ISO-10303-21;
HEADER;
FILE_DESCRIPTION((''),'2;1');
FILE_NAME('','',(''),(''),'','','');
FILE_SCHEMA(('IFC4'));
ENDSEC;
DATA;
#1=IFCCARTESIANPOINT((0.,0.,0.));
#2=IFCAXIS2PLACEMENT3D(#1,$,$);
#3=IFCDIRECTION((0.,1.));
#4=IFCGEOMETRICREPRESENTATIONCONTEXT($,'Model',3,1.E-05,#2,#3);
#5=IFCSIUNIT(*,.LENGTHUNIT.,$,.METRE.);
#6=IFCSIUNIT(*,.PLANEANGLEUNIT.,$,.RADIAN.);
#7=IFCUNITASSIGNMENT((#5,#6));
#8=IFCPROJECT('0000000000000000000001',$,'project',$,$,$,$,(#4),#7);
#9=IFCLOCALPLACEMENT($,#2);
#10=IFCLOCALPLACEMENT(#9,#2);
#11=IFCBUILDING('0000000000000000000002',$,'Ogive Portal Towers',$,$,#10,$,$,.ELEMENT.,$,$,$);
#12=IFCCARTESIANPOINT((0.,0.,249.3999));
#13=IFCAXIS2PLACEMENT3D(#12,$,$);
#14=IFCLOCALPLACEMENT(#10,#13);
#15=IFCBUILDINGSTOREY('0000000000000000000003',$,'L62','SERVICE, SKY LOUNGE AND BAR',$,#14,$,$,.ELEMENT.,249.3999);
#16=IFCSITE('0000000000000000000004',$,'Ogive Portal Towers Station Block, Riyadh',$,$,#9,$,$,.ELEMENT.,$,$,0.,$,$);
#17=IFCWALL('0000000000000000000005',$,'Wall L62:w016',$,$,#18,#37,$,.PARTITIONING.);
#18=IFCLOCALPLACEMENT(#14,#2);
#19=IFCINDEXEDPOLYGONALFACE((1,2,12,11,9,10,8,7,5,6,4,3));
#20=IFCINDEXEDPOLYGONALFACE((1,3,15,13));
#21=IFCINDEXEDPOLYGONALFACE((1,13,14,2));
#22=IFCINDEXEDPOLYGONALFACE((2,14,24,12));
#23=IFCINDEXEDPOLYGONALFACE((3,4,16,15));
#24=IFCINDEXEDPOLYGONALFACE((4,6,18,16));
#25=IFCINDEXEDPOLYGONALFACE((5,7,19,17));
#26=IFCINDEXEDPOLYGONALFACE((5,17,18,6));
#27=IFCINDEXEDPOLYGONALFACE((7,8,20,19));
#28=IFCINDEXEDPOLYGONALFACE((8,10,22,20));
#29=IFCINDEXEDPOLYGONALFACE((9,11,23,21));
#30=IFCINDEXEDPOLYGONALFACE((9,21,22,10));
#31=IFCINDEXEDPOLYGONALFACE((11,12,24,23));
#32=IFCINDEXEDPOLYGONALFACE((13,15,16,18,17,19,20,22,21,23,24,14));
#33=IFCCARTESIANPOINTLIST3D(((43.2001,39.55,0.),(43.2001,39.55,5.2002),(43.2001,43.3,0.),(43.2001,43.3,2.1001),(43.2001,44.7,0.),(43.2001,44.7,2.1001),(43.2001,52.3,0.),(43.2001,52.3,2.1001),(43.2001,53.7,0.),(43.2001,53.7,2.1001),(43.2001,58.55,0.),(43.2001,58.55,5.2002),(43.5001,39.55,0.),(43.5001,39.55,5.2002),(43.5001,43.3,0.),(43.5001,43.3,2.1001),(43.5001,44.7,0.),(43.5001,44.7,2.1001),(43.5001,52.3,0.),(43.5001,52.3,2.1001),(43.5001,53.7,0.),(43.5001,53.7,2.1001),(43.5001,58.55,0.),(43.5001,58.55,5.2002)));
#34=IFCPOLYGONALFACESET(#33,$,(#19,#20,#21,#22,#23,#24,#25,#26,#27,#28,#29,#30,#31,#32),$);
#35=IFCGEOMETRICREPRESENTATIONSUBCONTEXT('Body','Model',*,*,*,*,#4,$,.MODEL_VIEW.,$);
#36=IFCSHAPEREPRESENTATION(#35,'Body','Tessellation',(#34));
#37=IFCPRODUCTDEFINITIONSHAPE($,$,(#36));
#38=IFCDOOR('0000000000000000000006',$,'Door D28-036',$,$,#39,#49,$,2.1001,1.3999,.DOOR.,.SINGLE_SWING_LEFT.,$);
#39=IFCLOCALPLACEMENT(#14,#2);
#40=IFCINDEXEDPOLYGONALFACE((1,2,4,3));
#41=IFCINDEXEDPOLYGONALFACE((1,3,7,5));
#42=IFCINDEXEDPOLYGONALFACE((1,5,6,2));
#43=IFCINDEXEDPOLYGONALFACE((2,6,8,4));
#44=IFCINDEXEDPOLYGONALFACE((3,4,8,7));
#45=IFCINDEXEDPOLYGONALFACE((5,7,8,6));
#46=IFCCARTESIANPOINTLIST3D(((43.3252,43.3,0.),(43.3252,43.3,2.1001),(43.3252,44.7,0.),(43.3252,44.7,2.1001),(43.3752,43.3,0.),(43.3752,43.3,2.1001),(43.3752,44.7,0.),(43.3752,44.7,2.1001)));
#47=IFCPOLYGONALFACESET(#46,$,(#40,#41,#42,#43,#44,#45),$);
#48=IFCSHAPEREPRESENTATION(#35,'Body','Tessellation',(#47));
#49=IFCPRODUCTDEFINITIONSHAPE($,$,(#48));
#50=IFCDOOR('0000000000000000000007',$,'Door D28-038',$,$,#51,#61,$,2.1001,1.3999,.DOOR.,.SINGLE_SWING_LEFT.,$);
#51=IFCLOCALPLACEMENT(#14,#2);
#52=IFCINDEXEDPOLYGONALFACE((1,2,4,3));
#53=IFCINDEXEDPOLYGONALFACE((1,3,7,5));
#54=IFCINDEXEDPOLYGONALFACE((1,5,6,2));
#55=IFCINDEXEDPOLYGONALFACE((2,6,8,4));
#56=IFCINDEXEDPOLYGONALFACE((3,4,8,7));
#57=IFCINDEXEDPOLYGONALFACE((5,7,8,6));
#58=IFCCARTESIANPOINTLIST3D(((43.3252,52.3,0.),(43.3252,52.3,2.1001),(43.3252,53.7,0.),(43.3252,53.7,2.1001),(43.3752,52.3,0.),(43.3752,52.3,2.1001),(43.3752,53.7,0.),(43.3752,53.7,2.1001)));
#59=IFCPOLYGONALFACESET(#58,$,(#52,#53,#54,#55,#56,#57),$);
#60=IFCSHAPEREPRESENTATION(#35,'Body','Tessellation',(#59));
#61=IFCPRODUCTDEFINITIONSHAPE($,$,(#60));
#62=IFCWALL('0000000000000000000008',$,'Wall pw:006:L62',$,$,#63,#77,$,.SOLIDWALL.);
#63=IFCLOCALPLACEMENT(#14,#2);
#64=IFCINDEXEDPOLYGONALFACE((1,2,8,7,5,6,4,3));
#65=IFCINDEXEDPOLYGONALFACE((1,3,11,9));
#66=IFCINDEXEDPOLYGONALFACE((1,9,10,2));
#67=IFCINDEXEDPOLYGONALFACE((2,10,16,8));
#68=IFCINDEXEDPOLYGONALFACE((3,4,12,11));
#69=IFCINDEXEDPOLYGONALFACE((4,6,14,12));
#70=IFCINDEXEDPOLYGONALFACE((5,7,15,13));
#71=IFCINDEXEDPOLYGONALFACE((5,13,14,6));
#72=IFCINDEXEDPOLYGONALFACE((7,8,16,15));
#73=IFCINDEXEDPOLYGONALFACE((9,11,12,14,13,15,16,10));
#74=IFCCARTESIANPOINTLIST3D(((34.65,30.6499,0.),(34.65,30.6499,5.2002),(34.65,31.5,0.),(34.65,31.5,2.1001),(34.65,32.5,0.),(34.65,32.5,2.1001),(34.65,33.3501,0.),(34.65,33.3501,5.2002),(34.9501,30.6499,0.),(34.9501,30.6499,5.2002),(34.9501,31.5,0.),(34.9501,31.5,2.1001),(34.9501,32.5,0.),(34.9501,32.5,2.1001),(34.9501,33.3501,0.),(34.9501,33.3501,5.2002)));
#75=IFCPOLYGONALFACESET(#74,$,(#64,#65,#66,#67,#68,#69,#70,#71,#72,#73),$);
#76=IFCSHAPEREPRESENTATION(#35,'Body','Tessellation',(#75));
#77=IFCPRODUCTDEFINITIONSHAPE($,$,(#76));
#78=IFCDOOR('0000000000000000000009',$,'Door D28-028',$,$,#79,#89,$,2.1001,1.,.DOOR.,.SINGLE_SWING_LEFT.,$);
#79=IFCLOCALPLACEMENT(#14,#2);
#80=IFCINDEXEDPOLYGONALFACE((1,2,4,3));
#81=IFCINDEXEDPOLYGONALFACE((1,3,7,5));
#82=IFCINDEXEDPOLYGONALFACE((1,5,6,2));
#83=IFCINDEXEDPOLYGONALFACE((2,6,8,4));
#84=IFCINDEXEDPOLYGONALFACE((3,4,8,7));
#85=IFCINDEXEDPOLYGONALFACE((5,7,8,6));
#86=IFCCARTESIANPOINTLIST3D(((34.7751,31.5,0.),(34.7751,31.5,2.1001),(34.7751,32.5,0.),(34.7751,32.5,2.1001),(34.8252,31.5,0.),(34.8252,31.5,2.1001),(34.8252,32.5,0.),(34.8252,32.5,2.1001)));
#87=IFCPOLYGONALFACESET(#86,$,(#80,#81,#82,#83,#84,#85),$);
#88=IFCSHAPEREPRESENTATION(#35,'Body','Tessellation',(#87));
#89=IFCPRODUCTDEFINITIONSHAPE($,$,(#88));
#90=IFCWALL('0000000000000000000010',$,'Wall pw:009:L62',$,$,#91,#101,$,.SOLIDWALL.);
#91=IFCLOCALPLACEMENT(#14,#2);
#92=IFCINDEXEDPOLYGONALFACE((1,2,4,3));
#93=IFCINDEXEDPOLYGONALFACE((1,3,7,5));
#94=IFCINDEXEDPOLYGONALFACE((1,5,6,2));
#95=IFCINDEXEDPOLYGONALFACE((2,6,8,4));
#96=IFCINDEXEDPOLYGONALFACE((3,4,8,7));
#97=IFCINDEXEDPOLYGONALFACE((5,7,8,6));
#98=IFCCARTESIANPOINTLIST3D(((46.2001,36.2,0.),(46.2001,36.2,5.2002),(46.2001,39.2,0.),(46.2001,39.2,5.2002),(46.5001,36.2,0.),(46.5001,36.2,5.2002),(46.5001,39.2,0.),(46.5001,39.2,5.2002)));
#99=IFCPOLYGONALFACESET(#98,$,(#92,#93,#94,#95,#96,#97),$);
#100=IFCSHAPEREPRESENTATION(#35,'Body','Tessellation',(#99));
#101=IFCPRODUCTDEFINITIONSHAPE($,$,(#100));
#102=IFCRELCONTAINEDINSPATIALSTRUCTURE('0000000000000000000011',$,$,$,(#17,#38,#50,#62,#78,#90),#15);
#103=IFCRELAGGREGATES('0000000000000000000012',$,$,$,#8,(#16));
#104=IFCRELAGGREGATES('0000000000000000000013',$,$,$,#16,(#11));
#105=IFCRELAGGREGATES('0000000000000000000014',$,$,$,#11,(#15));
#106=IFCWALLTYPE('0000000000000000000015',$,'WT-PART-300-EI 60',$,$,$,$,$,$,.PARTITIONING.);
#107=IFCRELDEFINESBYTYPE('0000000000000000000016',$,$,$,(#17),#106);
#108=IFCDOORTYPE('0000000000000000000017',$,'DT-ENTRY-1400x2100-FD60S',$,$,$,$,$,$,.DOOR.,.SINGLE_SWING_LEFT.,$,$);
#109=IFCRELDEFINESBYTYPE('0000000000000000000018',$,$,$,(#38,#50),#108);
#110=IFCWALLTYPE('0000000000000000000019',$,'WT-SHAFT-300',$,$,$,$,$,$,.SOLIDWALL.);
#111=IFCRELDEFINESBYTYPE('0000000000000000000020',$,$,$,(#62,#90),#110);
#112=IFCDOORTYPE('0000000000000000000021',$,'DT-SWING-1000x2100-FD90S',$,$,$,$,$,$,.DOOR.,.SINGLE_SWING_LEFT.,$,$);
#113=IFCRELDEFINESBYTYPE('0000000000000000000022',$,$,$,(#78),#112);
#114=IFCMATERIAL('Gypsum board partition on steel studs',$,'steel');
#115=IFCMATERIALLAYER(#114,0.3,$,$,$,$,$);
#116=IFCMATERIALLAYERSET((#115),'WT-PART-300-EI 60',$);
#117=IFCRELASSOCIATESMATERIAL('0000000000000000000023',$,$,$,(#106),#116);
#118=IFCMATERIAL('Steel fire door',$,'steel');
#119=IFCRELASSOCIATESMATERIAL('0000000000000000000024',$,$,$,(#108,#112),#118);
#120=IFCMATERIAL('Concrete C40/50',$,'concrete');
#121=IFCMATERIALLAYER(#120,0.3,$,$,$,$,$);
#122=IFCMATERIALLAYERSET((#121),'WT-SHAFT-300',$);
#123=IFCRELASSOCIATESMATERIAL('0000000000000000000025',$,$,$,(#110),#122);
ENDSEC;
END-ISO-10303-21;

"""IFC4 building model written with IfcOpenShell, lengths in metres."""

from ifc_helpers import new_model, si_unit, direction, frame, frame_2d, origin, place, context, subcontext, project, spatial, rectangle, extrude, material, layer, layer_set, type_object, element, fill, save


model = new_model("IFC4")

# Units and contexts
model_context = context("Model", 3, precision=1e-05, world=origin(), true_north=direction((0.0, 1.0)))
body_context = subcontext(model_context, "Body", "Model", "MODEL_VIEW")
ifc_project = project(units=[si_unit("LENGTHUNIT", "METRE"), si_unit("PLANEANGLEUNIT", "RADIAN")], contexts=[model_context])

# Site, building, storey
site_placement = place(None, origin())
site = spatial("IfcSite", under=ifc_project, at=site_placement, Name="Ogive Portal Towers Station Block, Riyadh", CompositionType="ELEMENT", RefElevation=0.0)
building_placement = place(site_placement, origin())
building = spatial("IfcBuilding", under=site, at=building_placement, Name="Ogive Portal Towers", CompositionType="ELEMENT")
storey_placement = place(building_placement, frame((0.0, 0.0, 249.3999)))
storey = spatial("IfcBuildingStorey", under=building, at=storey_placement, Name="L62", Description="SERVICE, SKY LOUNGE AND BAR", CompositionType="ELEMENT", Elevation=249.3999)

# Shared definitions
ifc_material_1 = material(Name="Steel fire door", Category="steel")

# Wall, openings, doors
ifc_material_2 = material(Name="Gypsum board partition on steel studs", Category="steel")
ifc_layer_1 = layer(ifc_material_2, 0.3)
ifc_layer_set_1 = layer_set([ifc_layer_1], Name="WT-PART-300-EI 60")
wall_type_1 = type_object("IfcWallType", Name="WT-PART-300-EI 60", PredefinedType="PARTITIONING", material=ifc_layer_set_1)
door_type_1 = type_object("IfcDoorType", Name="DT-ENTRY-1400x2100-FD60S", OperationType="SINGLE_SWING_LEFT", PredefinedType="DOOR", material=ifc_material_1)
wall_1_placement = place(storey_placement, frame((43.3501, 39.55, 0.0), z_axis=(0.0, 0.0, 1.0), x_axis=(0.0, 1.0, 0.0)))
wall_1 = element("IfcWall", 1, at=wall_1_placement, inside=storey, type_object=wall_type_1, Name="Wall L62:w016", PredefinedType="PARTITIONING", context=body_context, shape_type="SweptSolid", body=[
    extrude(rectangle(XDim=19.0, YDim=0.3, at=frame_2d((9.5, 0.0))), origin(), (0.0, 0.0, 1.0), 5.2002),
])
opening_1_placement = place(wall_1_placement, frame((3.75, 0.0, 0.0)))
opening_1 = element("IfcOpeningElement", 2, at=opening_1_placement, cuts=wall_1, PredefinedType="OPENING", context=body_context, shape_type="SweptSolid", body=[
    extrude(rectangle(XDim=1.3999, YDim=2.1001, at=frame_2d((0.7, 1.05))), frame((0.0, 0.1602, 0.0), z_axis=(0.0, -1.0, 0.0), x_axis=(1.0, 0.0, 0.0)), (0.0, 0.0, 1.0), 0.3201),
])
opening_2_placement = place(wall_1_placement, frame((12.75, 0.0, 0.0)))
opening_2 = element("IfcOpeningElement", 3, at=opening_2_placement, cuts=wall_1, PredefinedType="OPENING", context=body_context, shape_type="SweptSolid", body=[
    extrude(rectangle(XDim=1.3999, YDim=2.1001, at=frame_2d((0.7, 1.05))), frame((0.0, 0.1602, 0.0), z_axis=(0.0, -1.0, 0.0), x_axis=(1.0, 0.0, 0.0)), (0.0, 0.0, 1.0), 0.3201),
])
door_1_placement = place(opening_1_placement, origin())
door_1 = element("IfcDoor", 4, at=door_1_placement, inside=storey, type_object=door_type_1, Name="Door D28-036", OperationType="SINGLE_SWING_LEFT", OverallHeight=2.1001, OverallWidth=1.3999, PredefinedType="DOOR", context=body_context, shape_type="SweptSolid", body=[
    extrude(rectangle(XDim=1.3999, YDim=2.1001, at=frame_2d((0.7, 1.05))), frame((0.0, 0.0249, 0.0), z_axis=(0.0, -1.0, 0.0), x_axis=(1.0, 0.0, 0.0)), (0.0, 0.0, 1.0), 0.05),
])
fill(opening_1, door_1)
door_2_placement = place(opening_2_placement, origin())
door_2 = element("IfcDoor", 5, at=door_2_placement, inside=storey, type_object=door_type_1, Name="Door D28-038", OperationType="SINGLE_SWING_LEFT", OverallHeight=2.1001, OverallWidth=1.3999, PredefinedType="DOOR", context=body_context, shape_type="SweptSolid", body=[
    extrude(rectangle(XDim=1.3999, YDim=2.1001, at=frame_2d((0.7, 1.05))), frame((0.0, 0.0249, 0.0), z_axis=(0.0, -1.0, 0.0), x_axis=(1.0, 0.0, 0.0)), (0.0, 0.0, 1.0), 0.05),
])
fill(opening_2, door_2)

# Wall, opening, door
ifc_material_3 = material(Name="Concrete C40/50", Category="concrete")
ifc_layer_2 = layer(ifc_material_3, 0.3)
ifc_layer_set_2 = layer_set([ifc_layer_2], Name="WT-SHAFT-300")
wall_type_2 = type_object("IfcWallType", Name="WT-SHAFT-300", PredefinedType="SOLIDWALL", material=ifc_layer_set_2)
wall_2_placement = place(storey_placement, frame((34.8, 30.6499, 0.0), z_axis=(0.0, 0.0, 1.0), x_axis=(0.0, 1.0, 0.0)))
wall_2 = element("IfcWall", 6, at=wall_2_placement, inside=storey, type_object=wall_type_2, Name="Wall pw:006:L62", PredefinedType="SOLIDWALL", context=body_context, shape_type="SweptSolid", body=[
    extrude(rectangle(XDim=2.7002, YDim=0.3, at=frame_2d((1.3501, 0.0))), origin(), (0.0, 0.0, 1.0), 5.2002),
])
opening_3_placement = place(wall_2_placement, frame((0.8501, 0.0, 0.0)))
opening_3 = element("IfcOpeningElement", 7, at=opening_3_placement, cuts=wall_2, PredefinedType="OPENING", context=body_context, shape_type="SweptSolid", body=[
    extrude(rectangle(XDim=1.0, YDim=2.1001, at=frame_2d((0.5, 1.05))), frame((0.0, 0.1602, 0.0), z_axis=(0.0, -1.0, 0.0), x_axis=(1.0, 0.0, 0.0)), (0.0, 0.0, 1.0), 0.3201),
])
door_type_2 = type_object("IfcDoorType", Name="DT-SWING-1000x2100-FD90S", OperationType="SINGLE_SWING_LEFT", PredefinedType="DOOR", material=ifc_material_1)
door_3_placement = place(opening_3_placement, origin())
door_3 = element("IfcDoor", 8, at=door_3_placement, inside=storey, type_object=door_type_2, Name="Door D28-028", OperationType="SINGLE_SWING_LEFT", OverallHeight=2.1001, OverallWidth=1.0, PredefinedType="DOOR", context=body_context, shape_type="SweptSolid", body=[
    extrude(rectangle(XDim=1.0, YDim=2.1001, at=frame_2d((0.5, 1.05))), frame((0.0, 0.0249, 0.0), z_axis=(0.0, -1.0, 0.0), x_axis=(1.0, 0.0, 0.0)), (0.0, 0.0, 1.0), 0.05),
])
fill(opening_3, door_3)

# Wall
wall_3_placement = place(storey_placement, frame((46.3501, 36.2, 0.0), z_axis=(0.0, 0.0, 1.0), x_axis=(0.0, 1.0, 0.0)))
element("IfcWall", 9, at=wall_3_placement, inside=storey, type_object=wall_type_2, Name="Wall pw:009:L62", PredefinedType="SOLIDWALL", context=body_context, shape_type="SweptSolid", body=[
    extrude(rectangle(XDim=3.0, YDim=0.3, at=frame_2d((1.5, 0.0))), origin(), (0.0, 0.0, 1.0), 5.2002),
])

save(model, "model.ifc")
